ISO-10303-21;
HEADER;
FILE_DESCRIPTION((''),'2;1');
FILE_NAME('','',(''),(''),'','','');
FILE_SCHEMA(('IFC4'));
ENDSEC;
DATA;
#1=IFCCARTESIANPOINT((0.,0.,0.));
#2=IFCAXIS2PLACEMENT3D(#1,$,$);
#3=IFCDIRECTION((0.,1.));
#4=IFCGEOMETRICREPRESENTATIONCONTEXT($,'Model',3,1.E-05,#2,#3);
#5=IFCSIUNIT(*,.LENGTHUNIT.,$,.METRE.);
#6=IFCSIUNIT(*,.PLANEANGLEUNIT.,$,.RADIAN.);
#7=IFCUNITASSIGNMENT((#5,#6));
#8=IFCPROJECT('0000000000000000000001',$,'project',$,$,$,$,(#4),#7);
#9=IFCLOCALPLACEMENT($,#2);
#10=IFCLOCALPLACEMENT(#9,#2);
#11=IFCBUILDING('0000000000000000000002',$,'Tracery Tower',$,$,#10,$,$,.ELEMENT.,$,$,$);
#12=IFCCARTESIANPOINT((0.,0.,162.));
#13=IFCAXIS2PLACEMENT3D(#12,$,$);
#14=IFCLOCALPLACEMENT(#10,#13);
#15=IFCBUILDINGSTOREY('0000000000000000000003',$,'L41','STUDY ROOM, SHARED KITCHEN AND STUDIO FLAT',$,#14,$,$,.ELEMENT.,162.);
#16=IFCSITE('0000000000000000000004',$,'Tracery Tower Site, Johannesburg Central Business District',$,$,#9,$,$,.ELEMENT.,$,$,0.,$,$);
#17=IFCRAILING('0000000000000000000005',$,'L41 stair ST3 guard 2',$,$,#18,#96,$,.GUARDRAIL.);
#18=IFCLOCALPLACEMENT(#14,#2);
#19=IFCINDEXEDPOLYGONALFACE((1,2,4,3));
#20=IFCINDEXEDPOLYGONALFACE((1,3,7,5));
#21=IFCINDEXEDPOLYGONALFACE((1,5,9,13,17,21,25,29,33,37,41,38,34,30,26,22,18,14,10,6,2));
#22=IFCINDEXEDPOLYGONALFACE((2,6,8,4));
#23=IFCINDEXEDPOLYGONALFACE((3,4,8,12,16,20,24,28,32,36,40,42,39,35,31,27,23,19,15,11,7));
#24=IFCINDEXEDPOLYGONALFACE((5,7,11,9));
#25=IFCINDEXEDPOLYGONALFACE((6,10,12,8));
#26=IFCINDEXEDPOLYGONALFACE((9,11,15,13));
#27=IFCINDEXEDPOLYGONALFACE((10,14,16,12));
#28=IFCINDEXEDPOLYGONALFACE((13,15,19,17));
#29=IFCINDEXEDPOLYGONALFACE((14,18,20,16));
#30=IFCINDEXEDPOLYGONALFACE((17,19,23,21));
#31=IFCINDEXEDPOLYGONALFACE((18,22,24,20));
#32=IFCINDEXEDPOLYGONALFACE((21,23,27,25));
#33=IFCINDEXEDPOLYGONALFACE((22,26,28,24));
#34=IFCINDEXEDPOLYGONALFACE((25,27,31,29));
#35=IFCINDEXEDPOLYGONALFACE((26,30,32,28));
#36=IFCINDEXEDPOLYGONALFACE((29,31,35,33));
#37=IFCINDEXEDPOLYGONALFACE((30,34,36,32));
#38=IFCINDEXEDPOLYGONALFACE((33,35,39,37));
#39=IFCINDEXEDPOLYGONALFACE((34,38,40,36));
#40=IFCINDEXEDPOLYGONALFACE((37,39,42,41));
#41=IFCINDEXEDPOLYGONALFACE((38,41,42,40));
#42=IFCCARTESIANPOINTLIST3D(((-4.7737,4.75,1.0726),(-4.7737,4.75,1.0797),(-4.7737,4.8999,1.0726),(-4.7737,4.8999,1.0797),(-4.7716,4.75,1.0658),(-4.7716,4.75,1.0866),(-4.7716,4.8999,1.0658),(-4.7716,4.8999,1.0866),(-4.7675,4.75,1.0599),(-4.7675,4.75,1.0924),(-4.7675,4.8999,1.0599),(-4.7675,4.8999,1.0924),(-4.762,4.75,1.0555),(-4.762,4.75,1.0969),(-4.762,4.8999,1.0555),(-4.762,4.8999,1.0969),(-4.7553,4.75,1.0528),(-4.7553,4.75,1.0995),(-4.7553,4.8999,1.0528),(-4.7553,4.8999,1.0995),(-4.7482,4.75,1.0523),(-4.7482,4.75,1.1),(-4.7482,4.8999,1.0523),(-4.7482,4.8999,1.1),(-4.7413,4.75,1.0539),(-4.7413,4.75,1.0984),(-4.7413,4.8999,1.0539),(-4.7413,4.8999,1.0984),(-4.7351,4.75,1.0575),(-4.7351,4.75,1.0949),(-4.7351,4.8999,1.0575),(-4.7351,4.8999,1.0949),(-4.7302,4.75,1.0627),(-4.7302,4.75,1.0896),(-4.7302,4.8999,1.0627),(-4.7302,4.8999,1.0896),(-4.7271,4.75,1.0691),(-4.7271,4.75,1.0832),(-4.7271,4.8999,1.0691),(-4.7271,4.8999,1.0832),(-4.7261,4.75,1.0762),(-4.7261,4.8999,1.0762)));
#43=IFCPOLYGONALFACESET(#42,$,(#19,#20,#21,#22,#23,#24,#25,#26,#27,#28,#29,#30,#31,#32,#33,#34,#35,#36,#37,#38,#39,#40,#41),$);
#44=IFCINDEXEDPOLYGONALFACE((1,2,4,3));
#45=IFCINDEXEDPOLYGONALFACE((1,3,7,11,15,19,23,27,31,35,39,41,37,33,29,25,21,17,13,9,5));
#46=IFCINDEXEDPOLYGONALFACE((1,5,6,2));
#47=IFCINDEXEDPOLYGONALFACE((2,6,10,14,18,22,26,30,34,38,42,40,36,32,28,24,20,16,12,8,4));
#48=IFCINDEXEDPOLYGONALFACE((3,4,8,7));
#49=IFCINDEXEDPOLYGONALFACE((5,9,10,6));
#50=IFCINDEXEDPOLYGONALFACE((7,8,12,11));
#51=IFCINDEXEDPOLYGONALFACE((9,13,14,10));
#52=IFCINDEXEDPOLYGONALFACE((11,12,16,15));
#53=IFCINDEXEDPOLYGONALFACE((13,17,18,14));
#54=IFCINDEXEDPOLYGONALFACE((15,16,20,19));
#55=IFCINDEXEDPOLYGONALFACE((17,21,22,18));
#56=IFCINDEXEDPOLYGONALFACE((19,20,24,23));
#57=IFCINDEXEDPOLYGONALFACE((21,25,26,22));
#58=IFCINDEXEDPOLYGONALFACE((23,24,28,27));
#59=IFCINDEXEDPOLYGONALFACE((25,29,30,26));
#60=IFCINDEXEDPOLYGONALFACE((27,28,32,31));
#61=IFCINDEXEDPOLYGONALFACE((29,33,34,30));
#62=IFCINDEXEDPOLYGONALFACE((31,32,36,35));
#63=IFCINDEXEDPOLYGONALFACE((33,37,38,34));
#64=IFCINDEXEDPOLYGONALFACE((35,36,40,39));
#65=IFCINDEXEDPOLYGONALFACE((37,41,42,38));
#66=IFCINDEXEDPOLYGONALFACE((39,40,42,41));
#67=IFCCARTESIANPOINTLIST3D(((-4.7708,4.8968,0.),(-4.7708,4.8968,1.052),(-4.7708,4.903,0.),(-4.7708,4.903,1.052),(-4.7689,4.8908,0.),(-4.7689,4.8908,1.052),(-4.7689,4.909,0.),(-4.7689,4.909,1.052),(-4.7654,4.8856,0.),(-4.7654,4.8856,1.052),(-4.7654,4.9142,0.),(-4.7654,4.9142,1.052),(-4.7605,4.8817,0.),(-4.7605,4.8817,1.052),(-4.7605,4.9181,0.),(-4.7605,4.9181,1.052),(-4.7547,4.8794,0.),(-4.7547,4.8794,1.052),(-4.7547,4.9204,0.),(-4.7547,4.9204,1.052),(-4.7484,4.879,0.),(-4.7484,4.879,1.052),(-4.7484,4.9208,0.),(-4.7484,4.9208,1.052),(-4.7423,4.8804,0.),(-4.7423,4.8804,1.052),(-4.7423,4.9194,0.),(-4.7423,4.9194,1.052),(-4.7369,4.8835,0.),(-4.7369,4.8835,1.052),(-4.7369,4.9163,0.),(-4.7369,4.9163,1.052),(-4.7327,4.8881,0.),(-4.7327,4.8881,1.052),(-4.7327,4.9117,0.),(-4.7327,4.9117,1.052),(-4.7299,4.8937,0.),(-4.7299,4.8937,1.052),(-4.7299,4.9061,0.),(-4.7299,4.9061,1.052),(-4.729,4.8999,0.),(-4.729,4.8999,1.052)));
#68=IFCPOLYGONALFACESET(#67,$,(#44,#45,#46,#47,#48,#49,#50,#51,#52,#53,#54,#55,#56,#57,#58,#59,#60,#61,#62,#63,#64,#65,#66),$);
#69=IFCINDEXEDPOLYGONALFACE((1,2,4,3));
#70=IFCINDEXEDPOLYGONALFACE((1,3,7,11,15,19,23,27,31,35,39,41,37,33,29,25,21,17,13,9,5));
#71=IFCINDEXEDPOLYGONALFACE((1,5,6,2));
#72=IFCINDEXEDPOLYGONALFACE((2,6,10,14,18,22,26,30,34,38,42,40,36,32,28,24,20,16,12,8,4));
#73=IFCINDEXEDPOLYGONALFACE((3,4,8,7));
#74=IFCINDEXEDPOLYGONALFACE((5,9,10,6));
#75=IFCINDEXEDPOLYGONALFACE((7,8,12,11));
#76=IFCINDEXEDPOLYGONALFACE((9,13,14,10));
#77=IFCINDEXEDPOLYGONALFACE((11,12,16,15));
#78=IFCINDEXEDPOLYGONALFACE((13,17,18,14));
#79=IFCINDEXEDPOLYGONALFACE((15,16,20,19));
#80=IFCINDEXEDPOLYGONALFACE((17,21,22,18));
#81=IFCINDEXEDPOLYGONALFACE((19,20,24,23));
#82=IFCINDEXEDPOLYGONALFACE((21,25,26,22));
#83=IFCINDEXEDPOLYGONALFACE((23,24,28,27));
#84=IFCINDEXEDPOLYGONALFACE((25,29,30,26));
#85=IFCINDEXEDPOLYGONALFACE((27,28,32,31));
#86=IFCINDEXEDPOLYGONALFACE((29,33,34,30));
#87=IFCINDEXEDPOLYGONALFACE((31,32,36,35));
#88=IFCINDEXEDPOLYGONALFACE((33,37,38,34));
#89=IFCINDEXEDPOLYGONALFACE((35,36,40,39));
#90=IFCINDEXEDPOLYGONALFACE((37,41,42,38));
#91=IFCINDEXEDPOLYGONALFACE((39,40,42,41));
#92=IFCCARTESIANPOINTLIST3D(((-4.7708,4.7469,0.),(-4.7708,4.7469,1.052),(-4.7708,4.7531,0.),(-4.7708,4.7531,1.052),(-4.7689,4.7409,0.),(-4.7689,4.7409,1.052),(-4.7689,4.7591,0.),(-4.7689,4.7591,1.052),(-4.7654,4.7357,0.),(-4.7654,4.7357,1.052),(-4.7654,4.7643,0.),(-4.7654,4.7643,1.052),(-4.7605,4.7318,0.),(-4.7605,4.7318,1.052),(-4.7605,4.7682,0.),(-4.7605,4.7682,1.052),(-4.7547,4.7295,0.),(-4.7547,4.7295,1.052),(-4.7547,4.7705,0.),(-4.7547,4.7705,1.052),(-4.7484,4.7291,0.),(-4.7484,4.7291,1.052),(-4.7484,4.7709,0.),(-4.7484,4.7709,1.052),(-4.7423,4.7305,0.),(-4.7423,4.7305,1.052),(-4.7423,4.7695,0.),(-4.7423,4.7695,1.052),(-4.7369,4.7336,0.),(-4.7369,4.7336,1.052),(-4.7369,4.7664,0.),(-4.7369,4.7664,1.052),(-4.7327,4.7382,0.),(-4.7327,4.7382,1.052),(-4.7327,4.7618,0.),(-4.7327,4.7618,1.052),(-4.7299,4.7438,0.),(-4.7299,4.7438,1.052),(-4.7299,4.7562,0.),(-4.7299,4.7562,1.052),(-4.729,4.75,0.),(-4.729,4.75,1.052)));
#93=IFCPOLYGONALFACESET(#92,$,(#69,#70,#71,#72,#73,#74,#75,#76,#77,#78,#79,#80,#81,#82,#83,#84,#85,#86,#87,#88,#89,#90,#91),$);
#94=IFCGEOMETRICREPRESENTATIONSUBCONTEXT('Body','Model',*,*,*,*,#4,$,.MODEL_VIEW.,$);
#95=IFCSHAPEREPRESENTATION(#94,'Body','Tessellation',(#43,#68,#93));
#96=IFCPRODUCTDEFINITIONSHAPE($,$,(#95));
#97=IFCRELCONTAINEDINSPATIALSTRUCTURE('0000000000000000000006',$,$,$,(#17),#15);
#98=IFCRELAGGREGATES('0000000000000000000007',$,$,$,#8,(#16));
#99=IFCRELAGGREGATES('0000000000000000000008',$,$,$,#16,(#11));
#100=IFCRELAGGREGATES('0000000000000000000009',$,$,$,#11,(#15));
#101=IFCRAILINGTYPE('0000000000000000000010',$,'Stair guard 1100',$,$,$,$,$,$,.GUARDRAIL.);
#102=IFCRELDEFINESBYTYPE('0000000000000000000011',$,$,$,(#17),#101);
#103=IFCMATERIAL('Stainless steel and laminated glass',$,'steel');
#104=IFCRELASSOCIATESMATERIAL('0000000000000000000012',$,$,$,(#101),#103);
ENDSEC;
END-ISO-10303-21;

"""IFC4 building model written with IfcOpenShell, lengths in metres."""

from ifc_helpers import new_model, si_unit, direction, frame, origin, origin_2d, place, context, subcontext, project, spatial, circle, extrude, material, type_object, element, save


model = new_model("IFC4")

# Units and contexts
model_context = context("Model", 3, precision=1e-05, world=origin(), true_north=direction((0.0, 1.0)))
body_context = subcontext(model_context, "Body", "Model", "MODEL_VIEW")
ifc_project = project(units=[si_unit("LENGTHUNIT", "METRE"), si_unit("PLANEANGLEUNIT", "RADIAN")], contexts=[model_context])

# Site, building, storey
site_placement = place(None, origin())
site = spatial("IfcSite", under=ifc_project, at=site_placement, Name="Tracery Tower Site, Johannesburg Central Business District", CompositionType="ELEMENT", RefElevation=0.0)
building_placement = place(site_placement, origin())
building = spatial("IfcBuilding", under=site, at=building_placement, Name="Tracery Tower", CompositionType="ELEMENT")
storey_placement = place(building_placement, frame((0.0, 0.0, 162.0)))
storey = spatial("IfcBuildingStorey", under=building, at=storey_placement, Name="L41", Description="STUDY ROOM, SHARED KITCHEN AND STUDIO FLAT", CompositionType="ELEMENT", Elevation=162.0)

# Railing
ifc_material_1 = material(Name="Stainless steel and laminated glass", Category="steel")
railing_type_1 = type_object("IfcRailingType", Name="Stair guard 1100", PredefinedType="GUARDRAIL", material=ifc_material_1)
railing_1_placement = place(storey_placement, frame((-4.75, 4.8999, 0.0)))
element("IfcRailing", 1, at=railing_1_placement, inside=storey, type_object=railing_type_1, Name="L41 stair ST3 guard 2", PredefinedType="GUARDRAIL", context=body_context, shape_type="SweptSolid", body=[
    extrude(circle(Radius=0.0239, at=origin_2d()), frame((0.0, 0.0, 1.0762), z_axis=(0.0, -1.0, 0.0), x_axis=(1.0, 0.0, 0.0)), (0.0, 0.0, 1.0), 0.1499),
    extrude(circle(Radius=0.021, at=origin_2d()), origin(), (0.0, 0.0, 1.0), 1.052),
    extrude(circle(Radius=0.021, at=origin_2d()), frame((0.0, -0.1499, 0.0)), (0.0, 0.0, 1.0), 1.052),
])

save(model, "model.ifc")
